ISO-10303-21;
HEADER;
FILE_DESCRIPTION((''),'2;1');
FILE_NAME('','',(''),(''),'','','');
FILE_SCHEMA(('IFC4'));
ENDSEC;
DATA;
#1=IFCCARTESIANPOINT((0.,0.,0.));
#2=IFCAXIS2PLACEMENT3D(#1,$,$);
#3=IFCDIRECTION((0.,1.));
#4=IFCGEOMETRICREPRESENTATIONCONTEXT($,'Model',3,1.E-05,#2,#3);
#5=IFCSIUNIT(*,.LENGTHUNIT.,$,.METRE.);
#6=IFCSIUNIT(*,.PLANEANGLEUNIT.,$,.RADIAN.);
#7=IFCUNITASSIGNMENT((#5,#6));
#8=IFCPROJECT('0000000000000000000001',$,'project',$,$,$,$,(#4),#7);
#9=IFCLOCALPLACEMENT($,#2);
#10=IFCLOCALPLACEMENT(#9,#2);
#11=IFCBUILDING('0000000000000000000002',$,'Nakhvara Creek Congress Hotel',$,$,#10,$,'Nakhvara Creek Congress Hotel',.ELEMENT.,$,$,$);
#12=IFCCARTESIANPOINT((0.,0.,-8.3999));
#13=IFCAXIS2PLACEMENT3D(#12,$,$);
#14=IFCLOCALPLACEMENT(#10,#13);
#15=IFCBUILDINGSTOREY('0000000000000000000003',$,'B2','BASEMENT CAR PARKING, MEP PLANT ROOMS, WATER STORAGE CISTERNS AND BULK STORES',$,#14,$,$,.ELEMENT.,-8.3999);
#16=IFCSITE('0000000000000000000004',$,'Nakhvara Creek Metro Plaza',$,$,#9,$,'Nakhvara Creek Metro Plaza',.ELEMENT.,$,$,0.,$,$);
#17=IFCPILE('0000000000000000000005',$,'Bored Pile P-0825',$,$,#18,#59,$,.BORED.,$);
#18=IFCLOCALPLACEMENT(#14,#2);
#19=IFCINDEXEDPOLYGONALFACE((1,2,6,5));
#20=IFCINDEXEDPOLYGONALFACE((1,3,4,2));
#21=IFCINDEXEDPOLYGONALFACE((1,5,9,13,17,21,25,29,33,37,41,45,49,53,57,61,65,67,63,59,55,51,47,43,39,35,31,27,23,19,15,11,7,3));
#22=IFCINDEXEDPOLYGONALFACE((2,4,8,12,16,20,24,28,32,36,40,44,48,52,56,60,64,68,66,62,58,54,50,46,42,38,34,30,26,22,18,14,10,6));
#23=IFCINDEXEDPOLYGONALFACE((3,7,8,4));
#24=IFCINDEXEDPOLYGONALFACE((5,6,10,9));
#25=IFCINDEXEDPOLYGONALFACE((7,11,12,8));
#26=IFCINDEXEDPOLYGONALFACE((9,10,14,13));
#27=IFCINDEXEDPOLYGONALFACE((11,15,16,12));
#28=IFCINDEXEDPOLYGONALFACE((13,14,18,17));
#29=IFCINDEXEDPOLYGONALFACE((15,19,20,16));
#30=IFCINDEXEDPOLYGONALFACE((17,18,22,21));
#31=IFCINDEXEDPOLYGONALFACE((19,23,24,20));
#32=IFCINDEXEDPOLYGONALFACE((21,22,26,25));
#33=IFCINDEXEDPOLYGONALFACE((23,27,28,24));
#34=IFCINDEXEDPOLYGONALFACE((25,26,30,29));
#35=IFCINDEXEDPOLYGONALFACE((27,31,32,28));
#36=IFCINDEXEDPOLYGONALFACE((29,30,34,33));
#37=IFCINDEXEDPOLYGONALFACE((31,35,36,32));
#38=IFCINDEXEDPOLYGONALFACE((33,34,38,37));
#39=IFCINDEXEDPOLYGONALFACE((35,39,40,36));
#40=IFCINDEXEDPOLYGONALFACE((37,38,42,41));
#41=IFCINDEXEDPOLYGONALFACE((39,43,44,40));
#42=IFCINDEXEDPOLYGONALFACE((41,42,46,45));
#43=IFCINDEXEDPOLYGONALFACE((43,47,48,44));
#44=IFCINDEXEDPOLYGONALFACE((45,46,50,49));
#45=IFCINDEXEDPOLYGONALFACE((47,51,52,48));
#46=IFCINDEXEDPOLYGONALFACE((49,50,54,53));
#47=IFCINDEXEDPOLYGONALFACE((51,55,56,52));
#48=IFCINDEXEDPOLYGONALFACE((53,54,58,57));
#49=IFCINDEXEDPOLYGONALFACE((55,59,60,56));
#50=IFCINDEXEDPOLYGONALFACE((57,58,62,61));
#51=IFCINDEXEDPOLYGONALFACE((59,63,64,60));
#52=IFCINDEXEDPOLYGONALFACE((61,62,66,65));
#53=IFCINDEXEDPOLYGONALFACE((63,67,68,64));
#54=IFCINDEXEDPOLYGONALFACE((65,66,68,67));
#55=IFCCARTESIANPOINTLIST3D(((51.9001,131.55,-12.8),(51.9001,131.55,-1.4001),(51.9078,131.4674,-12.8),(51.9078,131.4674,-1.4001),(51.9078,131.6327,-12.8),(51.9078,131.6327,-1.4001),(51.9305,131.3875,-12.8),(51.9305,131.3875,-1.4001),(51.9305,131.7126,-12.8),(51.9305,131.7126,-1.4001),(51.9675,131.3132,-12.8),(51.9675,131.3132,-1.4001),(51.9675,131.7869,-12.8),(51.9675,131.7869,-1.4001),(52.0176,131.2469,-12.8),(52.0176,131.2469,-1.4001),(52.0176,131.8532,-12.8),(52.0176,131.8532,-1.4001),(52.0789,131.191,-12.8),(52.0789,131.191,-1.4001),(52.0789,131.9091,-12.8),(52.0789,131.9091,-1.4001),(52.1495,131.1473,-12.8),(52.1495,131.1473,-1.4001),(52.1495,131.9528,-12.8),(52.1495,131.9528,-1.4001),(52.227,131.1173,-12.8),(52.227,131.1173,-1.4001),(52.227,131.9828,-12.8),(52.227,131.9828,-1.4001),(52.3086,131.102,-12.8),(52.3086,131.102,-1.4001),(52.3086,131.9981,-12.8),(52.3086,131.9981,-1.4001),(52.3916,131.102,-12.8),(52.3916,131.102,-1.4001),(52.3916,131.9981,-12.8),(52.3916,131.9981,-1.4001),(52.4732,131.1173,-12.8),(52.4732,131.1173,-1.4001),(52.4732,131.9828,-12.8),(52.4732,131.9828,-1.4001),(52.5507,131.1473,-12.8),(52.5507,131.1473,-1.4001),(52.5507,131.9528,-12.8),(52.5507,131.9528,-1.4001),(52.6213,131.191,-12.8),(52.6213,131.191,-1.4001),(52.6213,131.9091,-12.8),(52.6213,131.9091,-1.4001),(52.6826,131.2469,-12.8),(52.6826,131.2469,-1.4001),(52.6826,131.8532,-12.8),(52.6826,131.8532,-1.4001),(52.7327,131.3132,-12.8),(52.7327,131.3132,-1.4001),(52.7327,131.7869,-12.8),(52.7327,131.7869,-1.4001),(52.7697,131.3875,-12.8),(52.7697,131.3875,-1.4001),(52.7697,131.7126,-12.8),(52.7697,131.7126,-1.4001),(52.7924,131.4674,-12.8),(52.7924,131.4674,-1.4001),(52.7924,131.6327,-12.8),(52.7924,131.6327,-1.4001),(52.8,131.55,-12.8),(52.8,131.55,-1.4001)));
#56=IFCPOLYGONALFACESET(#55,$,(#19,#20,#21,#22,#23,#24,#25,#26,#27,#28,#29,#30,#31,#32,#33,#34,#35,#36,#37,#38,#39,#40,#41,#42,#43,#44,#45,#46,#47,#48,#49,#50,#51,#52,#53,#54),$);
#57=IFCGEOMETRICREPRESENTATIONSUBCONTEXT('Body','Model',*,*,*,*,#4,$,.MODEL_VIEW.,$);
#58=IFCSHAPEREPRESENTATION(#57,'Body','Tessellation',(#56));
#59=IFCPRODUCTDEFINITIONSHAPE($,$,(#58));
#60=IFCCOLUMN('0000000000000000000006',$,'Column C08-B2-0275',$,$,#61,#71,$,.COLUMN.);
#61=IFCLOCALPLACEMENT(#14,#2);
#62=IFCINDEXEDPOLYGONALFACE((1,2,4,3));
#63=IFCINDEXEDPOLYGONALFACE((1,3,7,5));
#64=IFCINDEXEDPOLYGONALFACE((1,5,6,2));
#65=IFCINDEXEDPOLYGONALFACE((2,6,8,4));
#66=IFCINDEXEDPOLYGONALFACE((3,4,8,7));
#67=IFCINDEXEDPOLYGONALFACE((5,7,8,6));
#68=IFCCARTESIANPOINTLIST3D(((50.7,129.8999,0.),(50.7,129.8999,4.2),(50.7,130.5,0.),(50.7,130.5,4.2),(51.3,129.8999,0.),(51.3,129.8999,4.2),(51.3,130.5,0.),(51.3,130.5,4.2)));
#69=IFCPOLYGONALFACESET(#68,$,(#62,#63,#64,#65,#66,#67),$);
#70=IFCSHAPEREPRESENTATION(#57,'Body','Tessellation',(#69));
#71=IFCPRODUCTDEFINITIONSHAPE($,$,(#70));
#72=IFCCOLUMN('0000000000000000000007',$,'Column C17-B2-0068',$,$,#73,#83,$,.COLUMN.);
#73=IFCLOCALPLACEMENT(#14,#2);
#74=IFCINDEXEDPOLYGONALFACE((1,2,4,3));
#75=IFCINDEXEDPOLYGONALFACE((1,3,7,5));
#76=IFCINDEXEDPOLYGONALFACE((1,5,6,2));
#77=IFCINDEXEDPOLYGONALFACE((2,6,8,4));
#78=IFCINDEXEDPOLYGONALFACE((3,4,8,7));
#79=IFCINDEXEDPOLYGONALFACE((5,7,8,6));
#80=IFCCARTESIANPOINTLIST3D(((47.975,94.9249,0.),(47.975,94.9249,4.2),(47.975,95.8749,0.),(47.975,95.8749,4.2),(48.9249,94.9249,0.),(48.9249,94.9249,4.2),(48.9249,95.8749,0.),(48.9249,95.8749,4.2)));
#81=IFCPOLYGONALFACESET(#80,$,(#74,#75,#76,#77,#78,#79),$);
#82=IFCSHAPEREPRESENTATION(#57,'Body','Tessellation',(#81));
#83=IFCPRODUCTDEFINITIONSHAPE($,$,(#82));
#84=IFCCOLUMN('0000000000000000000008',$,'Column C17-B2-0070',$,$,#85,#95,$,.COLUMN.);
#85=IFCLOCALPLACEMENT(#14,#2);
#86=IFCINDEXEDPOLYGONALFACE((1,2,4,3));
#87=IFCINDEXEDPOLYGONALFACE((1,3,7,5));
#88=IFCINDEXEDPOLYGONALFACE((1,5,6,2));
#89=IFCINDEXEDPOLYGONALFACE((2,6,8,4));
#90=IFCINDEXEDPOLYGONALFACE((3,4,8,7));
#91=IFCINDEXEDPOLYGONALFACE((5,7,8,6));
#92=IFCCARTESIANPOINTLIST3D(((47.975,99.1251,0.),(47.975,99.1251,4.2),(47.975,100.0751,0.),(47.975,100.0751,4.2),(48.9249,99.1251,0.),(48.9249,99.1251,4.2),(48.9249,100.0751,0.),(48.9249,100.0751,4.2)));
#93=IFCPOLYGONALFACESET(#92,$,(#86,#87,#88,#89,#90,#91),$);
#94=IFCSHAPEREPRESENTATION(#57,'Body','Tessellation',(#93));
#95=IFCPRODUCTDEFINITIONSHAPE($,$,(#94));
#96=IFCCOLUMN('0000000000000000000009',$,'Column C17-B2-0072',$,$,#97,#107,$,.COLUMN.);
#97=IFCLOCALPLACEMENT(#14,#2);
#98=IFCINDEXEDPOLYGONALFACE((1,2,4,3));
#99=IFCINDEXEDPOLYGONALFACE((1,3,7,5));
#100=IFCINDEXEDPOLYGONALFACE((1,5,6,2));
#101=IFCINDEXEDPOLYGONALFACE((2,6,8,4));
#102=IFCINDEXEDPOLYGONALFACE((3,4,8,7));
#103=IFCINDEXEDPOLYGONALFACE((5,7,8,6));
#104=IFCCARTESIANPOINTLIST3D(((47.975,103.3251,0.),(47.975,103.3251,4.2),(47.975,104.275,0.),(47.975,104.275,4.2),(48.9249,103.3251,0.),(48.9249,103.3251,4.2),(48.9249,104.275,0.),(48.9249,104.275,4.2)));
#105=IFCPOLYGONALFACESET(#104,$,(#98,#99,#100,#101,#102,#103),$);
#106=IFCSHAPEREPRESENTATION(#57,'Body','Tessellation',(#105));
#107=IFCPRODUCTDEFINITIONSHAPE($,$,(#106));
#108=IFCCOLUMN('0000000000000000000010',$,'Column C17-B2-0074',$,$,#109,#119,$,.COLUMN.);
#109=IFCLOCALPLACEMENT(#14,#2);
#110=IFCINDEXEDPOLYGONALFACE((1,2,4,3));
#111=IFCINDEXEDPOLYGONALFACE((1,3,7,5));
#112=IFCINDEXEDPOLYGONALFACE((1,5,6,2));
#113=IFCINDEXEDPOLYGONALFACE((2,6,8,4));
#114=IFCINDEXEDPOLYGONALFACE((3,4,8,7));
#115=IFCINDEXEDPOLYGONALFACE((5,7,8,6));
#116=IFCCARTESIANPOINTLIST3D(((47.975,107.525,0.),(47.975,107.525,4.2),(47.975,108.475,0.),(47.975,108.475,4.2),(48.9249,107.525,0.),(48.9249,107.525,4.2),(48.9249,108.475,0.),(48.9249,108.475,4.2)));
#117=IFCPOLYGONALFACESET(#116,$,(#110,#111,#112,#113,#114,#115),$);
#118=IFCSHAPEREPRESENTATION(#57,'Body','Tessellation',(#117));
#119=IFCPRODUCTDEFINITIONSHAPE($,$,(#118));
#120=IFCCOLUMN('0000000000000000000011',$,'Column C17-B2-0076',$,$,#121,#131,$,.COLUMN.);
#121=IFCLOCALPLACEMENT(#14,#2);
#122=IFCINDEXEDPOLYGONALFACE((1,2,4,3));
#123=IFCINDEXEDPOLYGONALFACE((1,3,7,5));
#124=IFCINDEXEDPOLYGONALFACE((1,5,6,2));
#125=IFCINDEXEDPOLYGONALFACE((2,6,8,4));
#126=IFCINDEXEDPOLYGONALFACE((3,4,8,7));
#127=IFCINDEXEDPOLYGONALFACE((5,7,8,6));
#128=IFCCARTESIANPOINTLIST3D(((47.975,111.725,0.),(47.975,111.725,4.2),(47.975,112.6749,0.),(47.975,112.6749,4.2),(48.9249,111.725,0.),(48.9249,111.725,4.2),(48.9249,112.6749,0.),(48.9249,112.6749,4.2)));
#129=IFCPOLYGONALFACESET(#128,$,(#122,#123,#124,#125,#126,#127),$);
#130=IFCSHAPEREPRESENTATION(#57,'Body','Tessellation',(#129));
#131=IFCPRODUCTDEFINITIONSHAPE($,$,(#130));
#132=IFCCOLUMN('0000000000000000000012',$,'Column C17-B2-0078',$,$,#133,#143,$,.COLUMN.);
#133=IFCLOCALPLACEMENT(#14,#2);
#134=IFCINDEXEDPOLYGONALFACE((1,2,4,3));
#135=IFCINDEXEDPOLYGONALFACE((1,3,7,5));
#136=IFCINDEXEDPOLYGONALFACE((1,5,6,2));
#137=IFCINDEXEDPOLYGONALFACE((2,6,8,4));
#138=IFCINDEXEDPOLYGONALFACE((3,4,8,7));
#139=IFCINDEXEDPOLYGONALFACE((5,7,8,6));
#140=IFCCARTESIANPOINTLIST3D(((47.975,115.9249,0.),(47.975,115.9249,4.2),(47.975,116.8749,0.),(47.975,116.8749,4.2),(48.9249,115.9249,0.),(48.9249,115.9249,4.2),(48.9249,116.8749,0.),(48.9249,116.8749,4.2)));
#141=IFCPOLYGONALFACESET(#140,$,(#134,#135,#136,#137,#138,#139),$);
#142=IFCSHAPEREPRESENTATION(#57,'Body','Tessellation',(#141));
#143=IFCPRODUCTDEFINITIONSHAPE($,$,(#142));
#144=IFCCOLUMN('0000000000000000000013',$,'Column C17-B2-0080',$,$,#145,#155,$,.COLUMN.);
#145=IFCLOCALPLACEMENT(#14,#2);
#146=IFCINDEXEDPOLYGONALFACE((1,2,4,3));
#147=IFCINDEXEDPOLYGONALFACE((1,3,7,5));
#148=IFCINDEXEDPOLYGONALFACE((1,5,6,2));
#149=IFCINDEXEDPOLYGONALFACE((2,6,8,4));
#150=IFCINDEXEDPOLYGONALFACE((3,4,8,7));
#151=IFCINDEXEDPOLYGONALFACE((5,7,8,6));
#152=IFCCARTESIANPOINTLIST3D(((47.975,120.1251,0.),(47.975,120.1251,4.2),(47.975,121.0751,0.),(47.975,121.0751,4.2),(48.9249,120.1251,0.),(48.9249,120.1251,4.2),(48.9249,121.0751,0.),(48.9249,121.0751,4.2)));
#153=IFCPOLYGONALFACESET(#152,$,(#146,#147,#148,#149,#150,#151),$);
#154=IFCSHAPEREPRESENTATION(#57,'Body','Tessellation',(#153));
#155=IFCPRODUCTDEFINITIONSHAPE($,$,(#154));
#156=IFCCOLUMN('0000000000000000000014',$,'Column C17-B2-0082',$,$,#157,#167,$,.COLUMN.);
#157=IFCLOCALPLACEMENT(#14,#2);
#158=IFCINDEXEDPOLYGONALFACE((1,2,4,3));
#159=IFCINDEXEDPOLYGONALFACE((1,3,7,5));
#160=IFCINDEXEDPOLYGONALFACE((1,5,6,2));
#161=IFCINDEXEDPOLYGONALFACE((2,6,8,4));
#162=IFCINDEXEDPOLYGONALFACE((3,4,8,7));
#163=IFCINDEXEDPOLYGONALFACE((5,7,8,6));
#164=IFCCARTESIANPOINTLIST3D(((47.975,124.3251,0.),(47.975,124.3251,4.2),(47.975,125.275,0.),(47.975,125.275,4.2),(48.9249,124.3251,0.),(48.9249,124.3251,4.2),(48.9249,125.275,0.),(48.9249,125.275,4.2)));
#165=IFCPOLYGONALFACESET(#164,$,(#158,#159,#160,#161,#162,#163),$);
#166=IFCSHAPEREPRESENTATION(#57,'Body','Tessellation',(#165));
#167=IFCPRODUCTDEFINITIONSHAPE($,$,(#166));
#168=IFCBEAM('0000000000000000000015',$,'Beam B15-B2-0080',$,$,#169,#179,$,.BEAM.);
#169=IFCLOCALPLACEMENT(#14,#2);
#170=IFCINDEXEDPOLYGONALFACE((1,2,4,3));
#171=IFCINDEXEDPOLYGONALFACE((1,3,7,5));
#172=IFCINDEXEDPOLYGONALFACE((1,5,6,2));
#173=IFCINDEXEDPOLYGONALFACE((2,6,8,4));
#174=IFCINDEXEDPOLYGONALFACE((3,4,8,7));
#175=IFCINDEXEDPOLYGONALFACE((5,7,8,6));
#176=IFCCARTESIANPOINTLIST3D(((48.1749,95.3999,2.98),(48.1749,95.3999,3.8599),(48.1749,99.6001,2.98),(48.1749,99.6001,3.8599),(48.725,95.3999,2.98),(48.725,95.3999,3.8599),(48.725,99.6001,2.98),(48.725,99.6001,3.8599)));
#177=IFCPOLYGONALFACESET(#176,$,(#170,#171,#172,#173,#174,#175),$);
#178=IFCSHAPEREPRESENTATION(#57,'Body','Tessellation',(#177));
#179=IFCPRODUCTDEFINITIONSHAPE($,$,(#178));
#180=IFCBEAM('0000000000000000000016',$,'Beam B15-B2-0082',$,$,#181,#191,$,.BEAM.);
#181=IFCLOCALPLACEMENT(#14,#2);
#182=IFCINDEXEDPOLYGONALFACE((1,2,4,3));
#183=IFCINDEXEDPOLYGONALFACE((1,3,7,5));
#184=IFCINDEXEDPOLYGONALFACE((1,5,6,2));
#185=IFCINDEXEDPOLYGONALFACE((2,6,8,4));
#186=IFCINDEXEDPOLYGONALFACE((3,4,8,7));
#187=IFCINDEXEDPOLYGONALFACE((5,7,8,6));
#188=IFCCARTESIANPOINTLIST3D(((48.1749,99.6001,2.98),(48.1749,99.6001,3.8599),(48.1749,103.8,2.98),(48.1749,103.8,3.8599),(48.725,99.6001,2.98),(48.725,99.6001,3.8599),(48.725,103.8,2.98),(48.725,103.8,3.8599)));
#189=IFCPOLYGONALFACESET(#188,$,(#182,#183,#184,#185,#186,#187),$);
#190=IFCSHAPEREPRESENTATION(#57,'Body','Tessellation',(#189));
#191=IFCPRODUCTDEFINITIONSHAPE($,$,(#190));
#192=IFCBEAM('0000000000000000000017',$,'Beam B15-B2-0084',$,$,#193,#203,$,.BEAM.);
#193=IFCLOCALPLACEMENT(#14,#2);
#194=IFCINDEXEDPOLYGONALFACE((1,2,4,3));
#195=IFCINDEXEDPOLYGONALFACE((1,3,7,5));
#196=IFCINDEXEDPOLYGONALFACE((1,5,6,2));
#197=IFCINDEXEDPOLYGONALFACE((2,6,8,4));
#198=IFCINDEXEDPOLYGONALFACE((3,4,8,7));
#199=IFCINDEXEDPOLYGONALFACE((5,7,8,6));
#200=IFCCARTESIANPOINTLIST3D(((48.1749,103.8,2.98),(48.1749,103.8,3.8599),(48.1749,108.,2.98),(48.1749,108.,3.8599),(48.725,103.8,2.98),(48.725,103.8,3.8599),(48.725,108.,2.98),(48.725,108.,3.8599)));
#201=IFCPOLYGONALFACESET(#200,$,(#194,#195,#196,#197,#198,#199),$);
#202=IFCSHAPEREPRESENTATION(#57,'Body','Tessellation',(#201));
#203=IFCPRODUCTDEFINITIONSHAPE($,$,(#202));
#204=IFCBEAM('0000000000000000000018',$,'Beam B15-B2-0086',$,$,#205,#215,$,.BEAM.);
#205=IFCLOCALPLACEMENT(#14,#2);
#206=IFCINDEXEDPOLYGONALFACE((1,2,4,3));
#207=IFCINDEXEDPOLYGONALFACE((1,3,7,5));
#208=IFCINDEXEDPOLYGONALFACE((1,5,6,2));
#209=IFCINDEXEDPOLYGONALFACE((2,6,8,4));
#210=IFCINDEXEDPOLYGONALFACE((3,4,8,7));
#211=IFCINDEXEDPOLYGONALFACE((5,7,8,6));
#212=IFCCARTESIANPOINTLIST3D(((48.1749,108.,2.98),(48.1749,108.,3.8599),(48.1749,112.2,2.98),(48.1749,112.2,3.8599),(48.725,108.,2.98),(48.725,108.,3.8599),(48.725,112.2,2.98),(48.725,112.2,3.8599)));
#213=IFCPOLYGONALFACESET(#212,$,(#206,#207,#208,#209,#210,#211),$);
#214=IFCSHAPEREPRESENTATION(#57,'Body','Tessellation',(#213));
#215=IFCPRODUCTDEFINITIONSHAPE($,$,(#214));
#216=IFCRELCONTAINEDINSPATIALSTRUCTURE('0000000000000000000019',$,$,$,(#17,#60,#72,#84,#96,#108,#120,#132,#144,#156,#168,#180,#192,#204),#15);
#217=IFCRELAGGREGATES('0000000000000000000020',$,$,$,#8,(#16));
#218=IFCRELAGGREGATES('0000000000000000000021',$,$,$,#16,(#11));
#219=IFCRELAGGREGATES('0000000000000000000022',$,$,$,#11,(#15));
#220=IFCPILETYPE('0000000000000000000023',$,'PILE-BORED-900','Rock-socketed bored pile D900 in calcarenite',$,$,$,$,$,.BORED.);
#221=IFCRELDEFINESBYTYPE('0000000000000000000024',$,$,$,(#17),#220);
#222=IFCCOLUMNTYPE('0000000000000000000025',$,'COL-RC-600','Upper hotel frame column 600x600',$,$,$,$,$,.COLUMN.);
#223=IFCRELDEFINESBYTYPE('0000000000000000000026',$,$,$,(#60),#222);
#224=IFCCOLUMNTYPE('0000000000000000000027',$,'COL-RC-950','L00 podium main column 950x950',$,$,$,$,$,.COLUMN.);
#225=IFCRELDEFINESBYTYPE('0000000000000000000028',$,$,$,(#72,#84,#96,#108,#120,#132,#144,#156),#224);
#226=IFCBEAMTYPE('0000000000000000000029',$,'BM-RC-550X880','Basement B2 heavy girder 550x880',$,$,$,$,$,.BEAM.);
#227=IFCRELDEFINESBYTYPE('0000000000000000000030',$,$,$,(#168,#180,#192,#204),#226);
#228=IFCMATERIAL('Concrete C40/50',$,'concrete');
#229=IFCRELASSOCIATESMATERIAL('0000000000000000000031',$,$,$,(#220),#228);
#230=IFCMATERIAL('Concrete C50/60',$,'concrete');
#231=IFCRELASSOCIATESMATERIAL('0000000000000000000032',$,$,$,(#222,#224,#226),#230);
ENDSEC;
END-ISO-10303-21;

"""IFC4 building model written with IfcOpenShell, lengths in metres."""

from ifc_helpers import new_model, si_unit, direction, frame, origin, origin_2d, place, context, subcontext, project, spatial, rectangle, circle, extrude, material, material_profile, profile_set, type_object, element, save


model = new_model("IFC4")

# Units and contexts
model_context = context("Model", 3, precision=1e-05, world=origin(), true_north=direction((0.0, 1.0)))
body_context = subcontext(model_context, "Body", "Model", "MODEL_VIEW")
ifc_project = project(units=[si_unit("LENGTHUNIT", "METRE"), si_unit("PLANEANGLEUNIT", "RADIAN")], contexts=[model_context])

# Site, building, storey
site_placement = place(None, origin())
site = spatial("IfcSite", under=ifc_project, at=site_placement, Name="Nakhvara Creek Metro Plaza", LongName="Nakhvara Creek Metro Plaza", CompositionType="ELEMENT", RefElevation=0.0)
building_placement = place(site_placement, origin())
building = spatial("IfcBuilding", under=site, at=building_placement, Name="Nakhvara Creek Congress Hotel", LongName="Nakhvara Creek Congress Hotel", CompositionType="ELEMENT")
storey_placement = place(building_placement, frame((0.0, 0.0, -8.3999)))
storey = spatial("IfcBuildingStorey", under=building, at=storey_placement, Name="B2", Description="BASEMENT CAR PARKING, MEP PLANT ROOMS, WATER STORAGE CISTERNS AND BULK STORES", CompositionType="ELEMENT", Elevation=-8.3999)

# Shared definitions
ifc_material_1 = material(Name="Concrete C40/50", Category="concrete")

# Pile
ifc_material_profile_1 = material_profile(ifc_material_1, circle(Radius=0.45, at=origin_2d()), Name="BORED PILE D900", Category="LoadBearing")
ifc_profile_set_1 = profile_set([ifc_material_profile_1], Name="Concrete C40/50")
pile_type = type_object("IfcPileType", Name="PILE-BORED-900", Description="Rock-socketed bored pile D900 in calcarenite", PredefinedType="BORED", material=ifc_profile_set_1)
for number, where, z_axis, x_axis, name in (
    (1, (52.3501, 131.55, -1.4001), (0.0, 0.0, -1.0), (1.0, 0.0, 0.0), "Bored Pile P-0825"),
):
    element("IfcPile", number, at=place(storey_placement, frame(where, z_axis=z_axis, x_axis=x_axis)), inside=storey, type_object=pile_type, Name=name, PredefinedType="BORED", context=body_context, shape_type="SweptSolid", body=[
        extrude(circle(Radius=0.45, at=origin_2d()), origin(), (0.0, 0.0, 1.0), 11.3999),
    ])

# Columns
ifc_material_2 = material(Name="Concrete C50/60", Category="concrete")
ifc_material_profile_2 = material_profile(ifc_material_2, rectangle(XDim=0.6001, YDim=0.6001, at=origin_2d()), Name="RC-COL 600x600", Category="LoadBearing")
ifc_profile_set_2 = profile_set([ifc_material_profile_2], Name="Concrete C50/60")
column_type_1 = type_object("IfcColumnType", Name="COL-RC-600", Description="Upper hotel frame column 600x600", PredefinedType="COLUMN", material=ifc_profile_set_2)
column_placement = place(storey_placement, frame((51.0, 130.2, 0.0), z_axis=(0.0, 0.0, 1.0), x_axis=(1.0, 0.0, 0.0)))
element("IfcColumn", 2, at=column_placement, inside=storey, type_object=column_type_1, Name="Column C08-B2-0275", PredefinedType="COLUMN", context=body_context, shape_type="SweptSolid", body=[
    extrude(rectangle(XDim=0.6001, YDim=0.6001, at=origin_2d()), origin(), (0.0, 0.0, 1.0), 4.2),
])
ifc_material_profile_3 = material_profile(ifc_material_2, rectangle(XDim=0.95, YDim=0.95, at=origin_2d()), Name="RC-COL 950x950", Category="LoadBearing")
ifc_profile_set_3 = profile_set([ifc_material_profile_3], Name="Concrete C50/60")
column_type_2 = type_object("IfcColumnType", Name="COL-RC-950", Description="L00 podium main column 950x950", PredefinedType="COLUMN", material=ifc_profile_set_3)
for number, where, z_axis, x_axis, name in (
    (3, (48.45, 95.3999, 0.0), (0.0, 0.0, 1.0), (1.0, 0.0, 0.0), "Column C17-B2-0068"),
    (4, (48.45, 99.6001, 0.0), (0.0, 0.0, 1.0), (1.0, 0.0, 0.0), "Column C17-B2-0070"),
    (5, (48.45, 103.8, 0.0), (0.0, 0.0, 1.0), (1.0, 0.0, 0.0), "Column C17-B2-0072"),
    (6, (48.45, 108.0, 0.0), (0.0, 0.0, 1.0), (1.0, 0.0, 0.0), "Column C17-B2-0074"),
    (7, (48.45, 112.2, 0.0), (0.0, 0.0, 1.0), (1.0, 0.0, 0.0), "Column C17-B2-0076"),
    (8, (48.45, 116.3999, 0.0), (0.0, 0.0, 1.0), (1.0, 0.0, 0.0), "Column C17-B2-0078"),
    (9, (48.45, 120.6001, 0.0), (0.0, 0.0, 1.0), (1.0, 0.0, 0.0), "Column C17-B2-0080"),
    (10, (48.45, 124.8, 0.0), (0.0, 0.0, 1.0), (1.0, 0.0, 0.0), "Column C17-B2-0082"),
):
    element("IfcColumn", number, at=place(storey_placement, frame(where, z_axis=z_axis, x_axis=x_axis)), inside=storey, type_object=column_type_2, Name=name, PredefinedType="COLUMN", context=body_context, shape_type="SweptSolid", body=[
        extrude(rectangle(XDim=0.95, YDim=0.95, at=origin_2d()), origin(), (0.0, 0.0, 1.0), 4.2),
    ])

# Beams
ifc_material_profile_4 = material_profile(ifc_material_2, rectangle(XDim=0.55, YDim=0.8799, at=origin_2d()), Name="RC-BM 550x880", Category="LoadBearing")
ifc_profile_set_4 = profile_set([ifc_material_profile_4], Name="Concrete C50/60")
beam_type = type_object("IfcBeamType", Name="BM-RC-550X880", Description="Basement B2 heavy girder 550x880", PredefinedType="BEAM", material=ifc_profile_set_4)
beam_1_placement = place(storey_placement, frame((48.45, 95.3999, 3.4199), z_axis=(0.0, 1.0, 0.0), x_axis=(-1.0, 0.0, 0.0)))
element("IfcBeam", 11, at=beam_1_placement, inside=storey, type_object=beam_type, Name="Beam B15-B2-0080", PredefinedType="BEAM", context=body_context, shape_type="SweptSolid", body=[
    extrude(rectangle(XDim=0.55, YDim=0.8799, at=origin_2d()), origin(), (0.0, 0.0, 1.0), 4.2002),
])
for number, where, z_axis, x_axis, name in (
    (12, (48.45, 99.6001, 3.4199), (0.0, 1.0, 0.0), (-1.0, 0.0, 0.0), "Beam B15-B2-0082"),
    (13, (48.45, 103.8, 3.4199), (0.0, 1.0, 0.0), (-1.0, 0.0, 0.0), "Beam B15-B2-0084"),
    (14, (48.45, 108.0, 3.4199), (0.0, 1.0, 0.0), (-1.0, 0.0, 0.0), "Beam B15-B2-0086"),
):
    element("IfcBeam", number, at=place(storey_placement, frame(where, z_axis=z_axis, x_axis=x_axis)), inside=storey, type_object=beam_type, Name=name, PredefinedType="BEAM", context=body_context, shape_type="SweptSolid", body=[
        extrude(rectangle(XDim=0.55, YDim=0.8799, at=origin_2d()), origin(), (0.0, 0.0, 1.0), 4.2),
    ])

save(model, "model.ifc")
